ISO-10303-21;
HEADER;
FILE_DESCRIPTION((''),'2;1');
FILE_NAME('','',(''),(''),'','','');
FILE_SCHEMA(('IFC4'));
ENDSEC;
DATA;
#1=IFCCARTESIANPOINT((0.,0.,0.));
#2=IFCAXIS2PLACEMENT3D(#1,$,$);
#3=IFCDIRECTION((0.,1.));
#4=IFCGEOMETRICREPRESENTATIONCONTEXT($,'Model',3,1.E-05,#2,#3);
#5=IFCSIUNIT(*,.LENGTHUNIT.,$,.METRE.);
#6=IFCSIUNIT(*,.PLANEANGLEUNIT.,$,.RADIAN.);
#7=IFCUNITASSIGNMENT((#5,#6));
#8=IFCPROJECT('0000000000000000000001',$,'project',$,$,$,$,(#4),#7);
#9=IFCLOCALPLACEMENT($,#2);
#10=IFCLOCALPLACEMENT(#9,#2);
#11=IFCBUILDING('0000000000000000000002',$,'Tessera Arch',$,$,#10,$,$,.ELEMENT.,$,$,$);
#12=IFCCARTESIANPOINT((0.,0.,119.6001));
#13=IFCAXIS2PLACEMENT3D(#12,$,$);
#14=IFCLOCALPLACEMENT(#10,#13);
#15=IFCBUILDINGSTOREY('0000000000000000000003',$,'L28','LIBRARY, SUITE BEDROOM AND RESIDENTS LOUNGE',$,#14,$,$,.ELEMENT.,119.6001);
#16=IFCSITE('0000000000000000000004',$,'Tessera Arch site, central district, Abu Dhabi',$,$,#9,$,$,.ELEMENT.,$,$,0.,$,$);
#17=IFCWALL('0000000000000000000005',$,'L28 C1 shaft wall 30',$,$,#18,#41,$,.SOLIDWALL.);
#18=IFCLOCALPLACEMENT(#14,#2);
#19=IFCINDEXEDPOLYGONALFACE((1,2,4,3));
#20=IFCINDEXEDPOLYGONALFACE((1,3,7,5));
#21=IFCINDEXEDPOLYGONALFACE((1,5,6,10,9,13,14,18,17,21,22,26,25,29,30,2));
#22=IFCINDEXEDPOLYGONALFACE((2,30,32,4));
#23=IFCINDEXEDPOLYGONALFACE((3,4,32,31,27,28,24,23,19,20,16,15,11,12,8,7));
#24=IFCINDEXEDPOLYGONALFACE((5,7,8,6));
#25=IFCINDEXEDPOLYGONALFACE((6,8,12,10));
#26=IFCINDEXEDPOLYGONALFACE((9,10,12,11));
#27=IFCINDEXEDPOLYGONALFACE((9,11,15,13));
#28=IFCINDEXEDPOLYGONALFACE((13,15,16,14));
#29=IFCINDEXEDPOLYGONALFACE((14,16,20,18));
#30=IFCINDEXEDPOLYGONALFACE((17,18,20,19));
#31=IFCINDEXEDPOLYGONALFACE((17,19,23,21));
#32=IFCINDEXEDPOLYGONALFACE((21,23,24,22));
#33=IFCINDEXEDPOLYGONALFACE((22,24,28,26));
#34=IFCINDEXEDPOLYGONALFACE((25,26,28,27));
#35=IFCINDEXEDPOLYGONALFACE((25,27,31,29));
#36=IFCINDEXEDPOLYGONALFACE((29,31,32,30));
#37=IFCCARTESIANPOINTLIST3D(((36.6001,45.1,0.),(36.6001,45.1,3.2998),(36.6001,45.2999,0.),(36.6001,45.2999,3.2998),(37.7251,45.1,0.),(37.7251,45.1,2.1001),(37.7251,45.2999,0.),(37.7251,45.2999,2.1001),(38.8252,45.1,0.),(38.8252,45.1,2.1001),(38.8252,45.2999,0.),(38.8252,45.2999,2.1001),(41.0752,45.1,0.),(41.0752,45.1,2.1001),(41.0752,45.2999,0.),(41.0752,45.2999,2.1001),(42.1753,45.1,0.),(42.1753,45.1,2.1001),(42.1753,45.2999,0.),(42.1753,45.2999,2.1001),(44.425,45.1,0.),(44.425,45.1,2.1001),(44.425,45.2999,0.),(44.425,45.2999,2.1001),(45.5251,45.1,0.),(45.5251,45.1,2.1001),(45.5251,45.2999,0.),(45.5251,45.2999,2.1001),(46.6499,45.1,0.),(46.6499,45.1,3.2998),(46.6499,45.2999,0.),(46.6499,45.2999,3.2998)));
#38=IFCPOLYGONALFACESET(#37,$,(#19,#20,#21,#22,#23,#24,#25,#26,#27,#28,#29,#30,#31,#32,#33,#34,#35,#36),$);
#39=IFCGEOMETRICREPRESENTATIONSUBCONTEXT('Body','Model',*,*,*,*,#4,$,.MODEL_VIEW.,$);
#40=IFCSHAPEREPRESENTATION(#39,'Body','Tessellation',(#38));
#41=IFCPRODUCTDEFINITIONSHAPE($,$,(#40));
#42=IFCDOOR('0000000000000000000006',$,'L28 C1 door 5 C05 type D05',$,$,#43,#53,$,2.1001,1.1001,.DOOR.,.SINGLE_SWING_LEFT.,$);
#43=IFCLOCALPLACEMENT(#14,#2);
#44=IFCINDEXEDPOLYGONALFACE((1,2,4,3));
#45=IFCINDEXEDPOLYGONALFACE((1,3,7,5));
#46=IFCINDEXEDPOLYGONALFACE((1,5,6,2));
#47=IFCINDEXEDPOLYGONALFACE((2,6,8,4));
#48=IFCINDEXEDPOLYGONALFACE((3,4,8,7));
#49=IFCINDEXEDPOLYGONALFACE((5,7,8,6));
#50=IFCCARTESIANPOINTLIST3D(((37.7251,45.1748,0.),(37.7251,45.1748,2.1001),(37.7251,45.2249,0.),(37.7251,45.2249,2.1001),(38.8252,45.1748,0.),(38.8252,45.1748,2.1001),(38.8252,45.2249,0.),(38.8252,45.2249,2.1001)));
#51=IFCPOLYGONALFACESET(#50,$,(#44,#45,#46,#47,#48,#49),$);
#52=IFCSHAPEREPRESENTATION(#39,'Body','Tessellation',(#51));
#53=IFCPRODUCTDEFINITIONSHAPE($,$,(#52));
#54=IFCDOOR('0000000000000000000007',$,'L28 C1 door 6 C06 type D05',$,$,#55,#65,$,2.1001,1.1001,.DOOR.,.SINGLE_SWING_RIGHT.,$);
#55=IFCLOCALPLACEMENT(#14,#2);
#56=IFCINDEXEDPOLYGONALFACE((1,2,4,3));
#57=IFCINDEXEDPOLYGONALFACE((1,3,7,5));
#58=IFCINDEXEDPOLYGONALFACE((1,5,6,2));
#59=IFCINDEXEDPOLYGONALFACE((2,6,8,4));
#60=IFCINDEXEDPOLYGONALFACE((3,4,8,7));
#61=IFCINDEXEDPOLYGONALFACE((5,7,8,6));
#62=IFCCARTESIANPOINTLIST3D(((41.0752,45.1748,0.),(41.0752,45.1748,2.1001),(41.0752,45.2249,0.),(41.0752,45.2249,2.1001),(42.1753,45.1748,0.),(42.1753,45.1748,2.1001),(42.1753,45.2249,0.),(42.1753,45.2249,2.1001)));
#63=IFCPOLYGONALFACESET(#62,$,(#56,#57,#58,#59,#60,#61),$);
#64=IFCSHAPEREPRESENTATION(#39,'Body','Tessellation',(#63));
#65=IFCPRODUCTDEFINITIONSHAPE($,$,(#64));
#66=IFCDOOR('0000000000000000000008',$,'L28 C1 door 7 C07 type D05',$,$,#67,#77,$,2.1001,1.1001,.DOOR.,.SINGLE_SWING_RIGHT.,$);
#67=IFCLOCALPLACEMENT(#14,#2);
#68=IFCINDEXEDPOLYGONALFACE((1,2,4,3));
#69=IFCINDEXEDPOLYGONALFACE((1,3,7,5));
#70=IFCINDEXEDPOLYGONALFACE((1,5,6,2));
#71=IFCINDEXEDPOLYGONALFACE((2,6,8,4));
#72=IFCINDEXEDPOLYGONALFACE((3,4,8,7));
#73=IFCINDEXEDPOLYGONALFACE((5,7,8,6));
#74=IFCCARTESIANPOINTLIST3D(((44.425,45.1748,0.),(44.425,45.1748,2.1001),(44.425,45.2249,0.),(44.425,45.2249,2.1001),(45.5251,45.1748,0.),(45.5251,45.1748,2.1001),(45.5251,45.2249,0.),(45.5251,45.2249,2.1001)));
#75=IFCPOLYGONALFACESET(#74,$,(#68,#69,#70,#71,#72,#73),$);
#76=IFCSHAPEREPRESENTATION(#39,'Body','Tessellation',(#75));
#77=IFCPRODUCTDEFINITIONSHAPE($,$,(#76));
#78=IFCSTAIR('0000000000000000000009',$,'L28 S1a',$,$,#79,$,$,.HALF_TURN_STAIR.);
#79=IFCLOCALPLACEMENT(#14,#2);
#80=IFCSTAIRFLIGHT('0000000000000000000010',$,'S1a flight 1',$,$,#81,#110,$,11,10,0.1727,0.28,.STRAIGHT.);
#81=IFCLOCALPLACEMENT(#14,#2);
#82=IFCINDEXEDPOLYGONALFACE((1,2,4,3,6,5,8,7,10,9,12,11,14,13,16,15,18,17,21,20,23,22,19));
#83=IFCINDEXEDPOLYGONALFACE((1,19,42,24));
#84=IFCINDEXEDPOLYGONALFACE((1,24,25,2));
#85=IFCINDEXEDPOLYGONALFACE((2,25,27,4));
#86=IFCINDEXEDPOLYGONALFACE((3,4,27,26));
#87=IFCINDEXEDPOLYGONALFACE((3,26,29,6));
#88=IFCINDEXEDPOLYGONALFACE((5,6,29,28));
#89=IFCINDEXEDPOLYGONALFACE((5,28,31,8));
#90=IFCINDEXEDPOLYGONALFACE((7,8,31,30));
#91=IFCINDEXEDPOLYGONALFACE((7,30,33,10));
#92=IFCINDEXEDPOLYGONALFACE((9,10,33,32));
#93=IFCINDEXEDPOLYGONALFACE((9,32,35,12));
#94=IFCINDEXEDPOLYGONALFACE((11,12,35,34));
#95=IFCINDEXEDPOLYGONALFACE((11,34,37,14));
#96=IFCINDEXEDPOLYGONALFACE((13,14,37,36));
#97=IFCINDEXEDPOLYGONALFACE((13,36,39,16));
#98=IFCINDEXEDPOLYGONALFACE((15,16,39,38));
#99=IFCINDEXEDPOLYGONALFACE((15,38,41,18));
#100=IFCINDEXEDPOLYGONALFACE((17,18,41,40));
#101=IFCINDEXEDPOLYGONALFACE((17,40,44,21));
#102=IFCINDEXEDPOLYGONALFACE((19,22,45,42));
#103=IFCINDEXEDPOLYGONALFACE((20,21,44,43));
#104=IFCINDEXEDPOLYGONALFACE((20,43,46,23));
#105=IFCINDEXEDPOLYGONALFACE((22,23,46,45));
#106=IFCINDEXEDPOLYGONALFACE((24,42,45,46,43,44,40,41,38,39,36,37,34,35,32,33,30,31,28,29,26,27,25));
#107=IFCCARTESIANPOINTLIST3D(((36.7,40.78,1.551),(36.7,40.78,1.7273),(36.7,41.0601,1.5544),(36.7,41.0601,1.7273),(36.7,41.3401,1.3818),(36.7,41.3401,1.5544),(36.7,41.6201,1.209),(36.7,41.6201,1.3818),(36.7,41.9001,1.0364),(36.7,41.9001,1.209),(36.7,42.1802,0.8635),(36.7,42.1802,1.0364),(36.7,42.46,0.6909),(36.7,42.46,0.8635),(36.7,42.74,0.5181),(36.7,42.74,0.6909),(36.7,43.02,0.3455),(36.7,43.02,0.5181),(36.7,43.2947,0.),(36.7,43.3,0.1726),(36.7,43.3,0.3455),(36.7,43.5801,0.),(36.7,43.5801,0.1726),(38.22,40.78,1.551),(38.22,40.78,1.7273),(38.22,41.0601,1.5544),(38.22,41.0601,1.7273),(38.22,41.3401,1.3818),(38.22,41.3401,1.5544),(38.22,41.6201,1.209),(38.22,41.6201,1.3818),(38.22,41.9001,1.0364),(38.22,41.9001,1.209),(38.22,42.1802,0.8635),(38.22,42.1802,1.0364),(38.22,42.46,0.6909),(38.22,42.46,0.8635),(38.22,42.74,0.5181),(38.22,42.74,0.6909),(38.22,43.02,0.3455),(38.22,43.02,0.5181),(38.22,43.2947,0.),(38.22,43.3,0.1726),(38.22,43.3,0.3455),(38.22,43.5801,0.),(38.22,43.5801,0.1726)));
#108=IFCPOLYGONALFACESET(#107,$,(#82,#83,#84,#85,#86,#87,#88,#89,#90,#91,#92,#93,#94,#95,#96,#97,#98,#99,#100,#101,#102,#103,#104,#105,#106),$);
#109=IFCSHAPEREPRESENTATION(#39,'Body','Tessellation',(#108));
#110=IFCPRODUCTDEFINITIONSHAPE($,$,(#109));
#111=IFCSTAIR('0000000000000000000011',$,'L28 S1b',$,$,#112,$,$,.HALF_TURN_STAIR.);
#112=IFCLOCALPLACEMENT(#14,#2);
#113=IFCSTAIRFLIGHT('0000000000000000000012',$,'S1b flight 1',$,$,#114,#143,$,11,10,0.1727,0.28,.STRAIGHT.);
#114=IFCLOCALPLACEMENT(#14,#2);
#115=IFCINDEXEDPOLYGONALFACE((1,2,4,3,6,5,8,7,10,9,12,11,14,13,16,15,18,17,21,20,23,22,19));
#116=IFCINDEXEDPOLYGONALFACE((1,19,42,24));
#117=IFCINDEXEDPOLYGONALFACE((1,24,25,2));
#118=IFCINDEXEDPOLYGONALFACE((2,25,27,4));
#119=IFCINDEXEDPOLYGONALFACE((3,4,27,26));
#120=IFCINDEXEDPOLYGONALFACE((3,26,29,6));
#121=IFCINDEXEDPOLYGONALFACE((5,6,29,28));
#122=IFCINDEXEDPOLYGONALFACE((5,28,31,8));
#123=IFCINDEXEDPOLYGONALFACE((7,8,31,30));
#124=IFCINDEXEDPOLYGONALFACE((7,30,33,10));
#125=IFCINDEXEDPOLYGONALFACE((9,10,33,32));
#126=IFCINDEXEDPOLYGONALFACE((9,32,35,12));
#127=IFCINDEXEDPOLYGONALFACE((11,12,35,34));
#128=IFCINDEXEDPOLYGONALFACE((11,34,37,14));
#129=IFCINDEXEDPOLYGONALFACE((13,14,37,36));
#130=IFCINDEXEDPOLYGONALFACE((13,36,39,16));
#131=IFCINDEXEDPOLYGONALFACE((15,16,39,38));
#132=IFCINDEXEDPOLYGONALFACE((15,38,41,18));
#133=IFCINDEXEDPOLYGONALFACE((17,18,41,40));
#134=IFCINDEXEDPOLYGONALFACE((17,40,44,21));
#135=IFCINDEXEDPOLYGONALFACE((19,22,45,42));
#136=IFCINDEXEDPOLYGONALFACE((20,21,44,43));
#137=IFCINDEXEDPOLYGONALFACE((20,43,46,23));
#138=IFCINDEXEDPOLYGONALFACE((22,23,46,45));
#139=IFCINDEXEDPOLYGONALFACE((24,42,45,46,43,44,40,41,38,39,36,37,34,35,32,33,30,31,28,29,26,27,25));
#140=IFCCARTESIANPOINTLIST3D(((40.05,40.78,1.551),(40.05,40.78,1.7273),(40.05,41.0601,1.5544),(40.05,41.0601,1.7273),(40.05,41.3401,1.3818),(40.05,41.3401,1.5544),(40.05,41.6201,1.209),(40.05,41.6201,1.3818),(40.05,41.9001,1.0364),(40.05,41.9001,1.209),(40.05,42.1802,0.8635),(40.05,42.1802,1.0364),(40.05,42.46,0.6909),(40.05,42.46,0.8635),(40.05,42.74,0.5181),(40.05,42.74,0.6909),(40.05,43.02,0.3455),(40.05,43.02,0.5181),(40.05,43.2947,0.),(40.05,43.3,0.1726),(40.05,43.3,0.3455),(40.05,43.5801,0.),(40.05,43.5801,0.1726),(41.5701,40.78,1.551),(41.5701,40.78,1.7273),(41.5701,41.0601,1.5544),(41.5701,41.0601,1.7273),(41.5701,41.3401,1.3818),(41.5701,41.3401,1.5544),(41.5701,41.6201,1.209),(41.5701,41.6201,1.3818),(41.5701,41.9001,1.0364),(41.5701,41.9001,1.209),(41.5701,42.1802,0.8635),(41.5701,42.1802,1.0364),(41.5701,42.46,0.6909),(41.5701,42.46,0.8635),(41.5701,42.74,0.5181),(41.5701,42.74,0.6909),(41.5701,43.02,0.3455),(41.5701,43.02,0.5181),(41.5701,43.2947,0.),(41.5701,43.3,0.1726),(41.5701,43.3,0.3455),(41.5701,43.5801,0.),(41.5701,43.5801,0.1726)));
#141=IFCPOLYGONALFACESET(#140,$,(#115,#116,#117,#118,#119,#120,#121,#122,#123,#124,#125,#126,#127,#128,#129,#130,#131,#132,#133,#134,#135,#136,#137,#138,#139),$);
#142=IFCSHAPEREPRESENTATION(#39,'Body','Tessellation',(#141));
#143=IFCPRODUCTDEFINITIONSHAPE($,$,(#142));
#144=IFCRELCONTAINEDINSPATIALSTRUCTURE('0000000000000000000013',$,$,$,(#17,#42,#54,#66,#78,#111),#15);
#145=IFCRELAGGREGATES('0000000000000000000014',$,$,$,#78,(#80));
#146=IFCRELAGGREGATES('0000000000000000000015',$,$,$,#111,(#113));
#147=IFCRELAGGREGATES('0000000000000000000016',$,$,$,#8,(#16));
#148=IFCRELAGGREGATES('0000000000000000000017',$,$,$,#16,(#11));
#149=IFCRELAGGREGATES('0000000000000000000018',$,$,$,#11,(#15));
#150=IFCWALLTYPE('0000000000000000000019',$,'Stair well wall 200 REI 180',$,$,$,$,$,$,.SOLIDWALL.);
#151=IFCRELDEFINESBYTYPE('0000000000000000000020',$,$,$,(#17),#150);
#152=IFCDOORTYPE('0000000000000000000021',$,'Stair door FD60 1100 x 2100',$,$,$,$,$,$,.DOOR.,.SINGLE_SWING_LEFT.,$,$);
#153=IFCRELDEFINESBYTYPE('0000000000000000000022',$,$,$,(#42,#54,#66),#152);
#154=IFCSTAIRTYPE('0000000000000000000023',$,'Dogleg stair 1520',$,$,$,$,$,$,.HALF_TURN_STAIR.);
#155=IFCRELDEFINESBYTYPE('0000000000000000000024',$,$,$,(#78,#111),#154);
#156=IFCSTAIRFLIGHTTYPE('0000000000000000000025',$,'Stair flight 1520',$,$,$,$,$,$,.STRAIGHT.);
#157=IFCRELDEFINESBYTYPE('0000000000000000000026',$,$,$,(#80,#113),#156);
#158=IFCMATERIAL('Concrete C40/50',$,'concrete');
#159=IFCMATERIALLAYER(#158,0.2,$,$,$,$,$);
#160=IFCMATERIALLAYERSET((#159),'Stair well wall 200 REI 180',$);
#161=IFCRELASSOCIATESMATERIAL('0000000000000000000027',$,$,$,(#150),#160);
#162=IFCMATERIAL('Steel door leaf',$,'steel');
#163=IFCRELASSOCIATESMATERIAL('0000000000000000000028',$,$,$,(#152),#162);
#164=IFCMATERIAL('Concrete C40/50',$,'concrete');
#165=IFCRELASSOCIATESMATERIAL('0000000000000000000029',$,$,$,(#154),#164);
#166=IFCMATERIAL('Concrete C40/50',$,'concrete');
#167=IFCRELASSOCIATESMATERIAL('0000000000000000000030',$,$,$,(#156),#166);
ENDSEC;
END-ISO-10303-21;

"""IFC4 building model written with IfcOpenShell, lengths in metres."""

from ifc_helpers import new_model, si_unit, direction, frame, frame_2d, origin, place, context, subcontext, project, spatial, polyline, rectangle, outline, extrude, material, layer, layer_set, type_object, element, fill, aggregate, save


model = new_model("IFC4")

# Units and contexts
model_context = context("Model", 3, precision=1e-05, world=origin(), true_north=direction((0.0, 1.0)))
body_context = subcontext(model_context, "Body", "Model", "MODEL_VIEW")
ifc_project = project(units=[si_unit("LENGTHUNIT", "METRE"), si_unit("PLANEANGLEUNIT", "RADIAN")], contexts=[model_context])

# Site, building, storey
site_placement = place(None, origin())
site = spatial("IfcSite", under=ifc_project, at=site_placement, Name="Tessera Arch site, central district, Abu Dhabi", CompositionType="ELEMENT", RefElevation=0.0)
building_placement = place(site_placement, origin())
building = spatial("IfcBuilding", under=site, at=building_placement, Name="Tessera Arch", CompositionType="ELEMENT")
storey_placement = place(building_placement, frame((0.0, 0.0, 119.6001)))
storey = spatial("IfcBuildingStorey", under=building, at=storey_placement, Name="L28", Description="LIBRARY, SUITE BEDROOM AND RESIDENTS LOUNGE", CompositionType="ELEMENT", Elevation=119.6001)

# Shared definitions
ifc_material_1 = material(Name="Concrete C40/50", Category="concrete")
ifc_layer_1 = layer(ifc_material_1, 0.2)
ifc_layer_set_1 = layer_set([ifc_layer_1], Name="Stair well wall 200 REI 180")
wall_type_1 = type_object("IfcWallType", Name="Stair well wall 200 REI 180", PredefinedType="SOLIDWALL", material=ifc_layer_set_1)

# Wall, openings, doors
wall_1_placement = place(storey_placement, frame((36.6001, 45.2, 0.0), z_axis=(0.0, 0.0, 1.0), x_axis=(1.0, 0.0, 0.0)))
wall_1 = element("IfcWall", 1, at=wall_1_placement, inside=storey, type_object=wall_type_1, Name="L28 C1 shaft wall 30", PredefinedType="SOLIDWALL", context=body_context, shape_type="SweptSolid", body=[
    extrude(rectangle(XDim=10.0498, YDim=0.2, at=frame_2d((5.0249, 0.0))), origin(), (0.0, 0.0, 1.0), 3.2998),
])
opening_1_placement = place(wall_1_placement, frame((1.125, 0.0, 0.0)))
opening_1 = element("IfcOpeningElement", 2, at=opening_1_placement, cuts=wall_1, PredefinedType="OPENING", context=body_context, shape_type="SweptSolid", body=[
    extrude(rectangle(XDim=1.1001, YDim=2.1001, at=frame_2d((0.55, 1.05))), frame((0.0, 0.1099, 0.0), z_axis=(0.0, -1.0, 0.0), x_axis=(1.0, 0.0, 0.0)), (0.0, 0.0, 1.0), 0.22),
])
opening_2_placement = place(wall_1_placement, frame((4.4751, 0.0, 0.0)))
opening_2 = element("IfcOpeningElement", 3, at=opening_2_placement, cuts=wall_1, PredefinedType="OPENING", context=body_context, shape_type="SweptSolid", body=[
    extrude(rectangle(XDim=1.1001, YDim=2.1001, at=frame_2d((0.55, 1.05))), frame((0.0, 0.1099, 0.0), z_axis=(0.0, -1.0, 0.0), x_axis=(1.0, 0.0, 0.0)), (0.0, 0.0, 1.0), 0.22),
])
opening_3_placement = place(wall_1_placement, frame((7.825, 0.0, 0.0)))
opening_3 = element("IfcOpeningElement", 4, at=opening_3_placement, cuts=wall_1, PredefinedType="OPENING", context=body_context, shape_type="SweptSolid", body=[
    extrude(rectangle(XDim=1.1001, YDim=2.1001, at=frame_2d((0.55, 1.05))), frame((0.0, 0.1099, 0.0), z_axis=(0.0, -1.0, 0.0), x_axis=(1.0, 0.0, 0.0)), (0.0, 0.0, 1.0), 0.22),
])
ifc_material_2 = material(Name="Steel door leaf", Category="steel")
door_type_1 = type_object("IfcDoorType", Name="Stair door FD60 1100 x 2100", OperationType="SINGLE_SWING_LEFT", PredefinedType="DOOR", material=ifc_material_2)
door_1_placement = place(opening_1_placement, origin())
door_1 = element("IfcDoor", 5, at=door_1_placement, inside=storey, type_object=door_type_1, Name="L28 C1 door 5 C05 type D05", OperationType="SINGLE_SWING_LEFT", OverallHeight=2.1001, OverallWidth=1.1001, PredefinedType="DOOR", context=body_context, shape_type="SweptSolid", body=[
    extrude(rectangle(XDim=1.1001, YDim=2.1001, at=frame_2d((0.55, 1.05))), frame((0.0, 0.0249, 0.0), z_axis=(0.0, -1.0, 0.0), x_axis=(1.0, 0.0, 0.0)), (0.0, 0.0, 1.0), 0.05),
])
fill(opening_1, door_1)
door_2_placement = place(opening_2_placement, origin())
door_2 = element("IfcDoor", 6, at=door_2_placement, inside=storey, type_object=door_type_1, Name="L28 C1 door 6 C06 type D05", OperationType="SINGLE_SWING_RIGHT", OverallHeight=2.1001, OverallWidth=1.1001, PredefinedType="DOOR", context=body_context, shape_type="SweptSolid", body=[
    extrude(rectangle(XDim=1.1001, YDim=2.1001, at=frame_2d((0.55, 1.05))), frame((0.0, 0.0249, 0.0), z_axis=(0.0, -1.0, 0.0), x_axis=(1.0, 0.0, 0.0)), (0.0, 0.0, 1.0), 0.05),
])
fill(opening_2, door_2)
door_3_placement = place(opening_3_placement, origin())
door_3 = element("IfcDoor", 7, at=door_3_placement, inside=storey, type_object=door_type_1, Name="L28 C1 door 7 C07 type D05", OperationType="SINGLE_SWING_RIGHT", OverallHeight=2.1001, OverallWidth=1.1001, PredefinedType="DOOR", context=body_context, shape_type="SweptSolid", body=[
    extrude(rectangle(XDim=1.1001, YDim=2.1001, at=frame_2d((0.55, 1.05))), frame((0.0, 0.0249, 0.0), z_axis=(0.0, -1.0, 0.0), x_axis=(1.0, 0.0, 0.0)), (0.0, 0.0, 1.0), 0.05),
])
fill(opening_3, door_3)

# Stairs, stair flights
ifc_material_3 = material(Name="Concrete C40/50", Category="concrete")
stair_type = type_object("IfcStairType", Name="Dogleg stair 1520", PredefinedType="HALF_TURN_STAIR", material=ifc_material_3)
stair_1_placement = place(storey_placement, origin())
stair_1 = element("IfcStair", 8, at=stair_1_placement, inside=storey, type_object=stair_type, Name="L28 S1a", PredefinedType="HALF_TURN_STAIR")
ifc_material_4 = material(Name="Concrete C40/50", Category="concrete")
stair_flight_type = type_object("IfcStairFlightType", Name="Stair flight 1520", PredefinedType="STRAIGHT", material=ifc_material_4)
stair_flight_1_placement = place(storey_placement, frame((37.46, 43.5801, 0.0), z_axis=(0.0, 0.0, 1.0), x_axis=(0.0, -1.0, 0.0)))
stair_flight_1 = element("IfcStairFlight", 9, at=stair_flight_1_placement, type_object=stair_flight_type, Name="S1a flight 1", NumberOfRisers=11, NumberOfTreads=10, PredefinedType="STRAIGHT", RiserHeight=0.1727, TreadLength=0.28, context=body_context, shape_type="SweptSolid", body=[
    extrude(outline(polyline([(0.0, 0.0), (0.0, 0.1726), (0.28, 0.1726), (0.28, 0.3455), (0.5601, 0.3455), (0.5601, 0.5181), (0.8401, 0.5181), (0.8401, 0.6909), (1.1201, 0.6909), (1.1201, 0.8635), (1.3999, 0.8635), (1.3999, 1.0364), (1.6799, 1.0364), (1.6799, 1.209), (1.96, 1.209), (1.96, 1.3818), (2.24, 1.3818), (2.24, 1.5544), (2.52, 1.5544), (2.52, 1.7273), (2.8, 1.7273), (2.8, 1.8999), (2.8, 1.551), (0.2854, 0.0), (0.0, 0.0)])), frame((0.0, 0.76, 0.0), z_axis=(0.0, -1.0, 0.0), x_axis=(1.0, 0.0, 0.0)), (0.0, 0.0, 1.0), 1.52),
])
aggregate(stair_1, [stair_flight_1])
stair_2_placement = place(storey_placement, origin())
stair_2 = element("IfcStair", 10, at=stair_2_placement, inside=storey, type_object=stair_type, Name="L28 S1b", PredefinedType="HALF_TURN_STAIR")
stair_flight_2_placement = place(storey_placement, frame((40.8101, 43.5801, 0.0), z_axis=(0.0, 0.0, 1.0), x_axis=(0.0, -1.0, 0.0)))
stair_flight_2 = element("IfcStairFlight", 11, at=stair_flight_2_placement, type_object=stair_flight_type, Name="S1b flight 1", NumberOfRisers=11, NumberOfTreads=10, PredefinedType="STRAIGHT", RiserHeight=0.1727, TreadLength=0.28, context=body_context, shape_type="SweptSolid", body=[
    extrude(outline(polyline([(0.0, 0.0), (0.0, 0.1726), (0.28, 0.1726), (0.28, 0.3455), (0.5601, 0.3455), (0.5601, 0.5181), (0.8401, 0.5181), (0.8401, 0.6909), (1.1201, 0.6909), (1.1201, 0.8635), (1.3999, 0.8635), (1.3999, 1.0364), (1.6799, 1.0364), (1.6799, 1.209), (1.96, 1.209), (1.96, 1.3818), (2.24, 1.3818), (2.24, 1.5544), (2.52, 1.5544), (2.52, 1.7273), (2.8, 1.7273), (2.8, 1.8999), (2.8, 1.551), (0.2854, 0.0), (0.0, 0.0)])), frame((0.0, 0.76, 0.0), z_axis=(0.0, -1.0, 0.0), x_axis=(1.0, 0.0, 0.0)), (0.0, 0.0, 1.0), 1.52),
])
aggregate(stair_2, [stair_flight_2])

save(model, "model.ifc")
